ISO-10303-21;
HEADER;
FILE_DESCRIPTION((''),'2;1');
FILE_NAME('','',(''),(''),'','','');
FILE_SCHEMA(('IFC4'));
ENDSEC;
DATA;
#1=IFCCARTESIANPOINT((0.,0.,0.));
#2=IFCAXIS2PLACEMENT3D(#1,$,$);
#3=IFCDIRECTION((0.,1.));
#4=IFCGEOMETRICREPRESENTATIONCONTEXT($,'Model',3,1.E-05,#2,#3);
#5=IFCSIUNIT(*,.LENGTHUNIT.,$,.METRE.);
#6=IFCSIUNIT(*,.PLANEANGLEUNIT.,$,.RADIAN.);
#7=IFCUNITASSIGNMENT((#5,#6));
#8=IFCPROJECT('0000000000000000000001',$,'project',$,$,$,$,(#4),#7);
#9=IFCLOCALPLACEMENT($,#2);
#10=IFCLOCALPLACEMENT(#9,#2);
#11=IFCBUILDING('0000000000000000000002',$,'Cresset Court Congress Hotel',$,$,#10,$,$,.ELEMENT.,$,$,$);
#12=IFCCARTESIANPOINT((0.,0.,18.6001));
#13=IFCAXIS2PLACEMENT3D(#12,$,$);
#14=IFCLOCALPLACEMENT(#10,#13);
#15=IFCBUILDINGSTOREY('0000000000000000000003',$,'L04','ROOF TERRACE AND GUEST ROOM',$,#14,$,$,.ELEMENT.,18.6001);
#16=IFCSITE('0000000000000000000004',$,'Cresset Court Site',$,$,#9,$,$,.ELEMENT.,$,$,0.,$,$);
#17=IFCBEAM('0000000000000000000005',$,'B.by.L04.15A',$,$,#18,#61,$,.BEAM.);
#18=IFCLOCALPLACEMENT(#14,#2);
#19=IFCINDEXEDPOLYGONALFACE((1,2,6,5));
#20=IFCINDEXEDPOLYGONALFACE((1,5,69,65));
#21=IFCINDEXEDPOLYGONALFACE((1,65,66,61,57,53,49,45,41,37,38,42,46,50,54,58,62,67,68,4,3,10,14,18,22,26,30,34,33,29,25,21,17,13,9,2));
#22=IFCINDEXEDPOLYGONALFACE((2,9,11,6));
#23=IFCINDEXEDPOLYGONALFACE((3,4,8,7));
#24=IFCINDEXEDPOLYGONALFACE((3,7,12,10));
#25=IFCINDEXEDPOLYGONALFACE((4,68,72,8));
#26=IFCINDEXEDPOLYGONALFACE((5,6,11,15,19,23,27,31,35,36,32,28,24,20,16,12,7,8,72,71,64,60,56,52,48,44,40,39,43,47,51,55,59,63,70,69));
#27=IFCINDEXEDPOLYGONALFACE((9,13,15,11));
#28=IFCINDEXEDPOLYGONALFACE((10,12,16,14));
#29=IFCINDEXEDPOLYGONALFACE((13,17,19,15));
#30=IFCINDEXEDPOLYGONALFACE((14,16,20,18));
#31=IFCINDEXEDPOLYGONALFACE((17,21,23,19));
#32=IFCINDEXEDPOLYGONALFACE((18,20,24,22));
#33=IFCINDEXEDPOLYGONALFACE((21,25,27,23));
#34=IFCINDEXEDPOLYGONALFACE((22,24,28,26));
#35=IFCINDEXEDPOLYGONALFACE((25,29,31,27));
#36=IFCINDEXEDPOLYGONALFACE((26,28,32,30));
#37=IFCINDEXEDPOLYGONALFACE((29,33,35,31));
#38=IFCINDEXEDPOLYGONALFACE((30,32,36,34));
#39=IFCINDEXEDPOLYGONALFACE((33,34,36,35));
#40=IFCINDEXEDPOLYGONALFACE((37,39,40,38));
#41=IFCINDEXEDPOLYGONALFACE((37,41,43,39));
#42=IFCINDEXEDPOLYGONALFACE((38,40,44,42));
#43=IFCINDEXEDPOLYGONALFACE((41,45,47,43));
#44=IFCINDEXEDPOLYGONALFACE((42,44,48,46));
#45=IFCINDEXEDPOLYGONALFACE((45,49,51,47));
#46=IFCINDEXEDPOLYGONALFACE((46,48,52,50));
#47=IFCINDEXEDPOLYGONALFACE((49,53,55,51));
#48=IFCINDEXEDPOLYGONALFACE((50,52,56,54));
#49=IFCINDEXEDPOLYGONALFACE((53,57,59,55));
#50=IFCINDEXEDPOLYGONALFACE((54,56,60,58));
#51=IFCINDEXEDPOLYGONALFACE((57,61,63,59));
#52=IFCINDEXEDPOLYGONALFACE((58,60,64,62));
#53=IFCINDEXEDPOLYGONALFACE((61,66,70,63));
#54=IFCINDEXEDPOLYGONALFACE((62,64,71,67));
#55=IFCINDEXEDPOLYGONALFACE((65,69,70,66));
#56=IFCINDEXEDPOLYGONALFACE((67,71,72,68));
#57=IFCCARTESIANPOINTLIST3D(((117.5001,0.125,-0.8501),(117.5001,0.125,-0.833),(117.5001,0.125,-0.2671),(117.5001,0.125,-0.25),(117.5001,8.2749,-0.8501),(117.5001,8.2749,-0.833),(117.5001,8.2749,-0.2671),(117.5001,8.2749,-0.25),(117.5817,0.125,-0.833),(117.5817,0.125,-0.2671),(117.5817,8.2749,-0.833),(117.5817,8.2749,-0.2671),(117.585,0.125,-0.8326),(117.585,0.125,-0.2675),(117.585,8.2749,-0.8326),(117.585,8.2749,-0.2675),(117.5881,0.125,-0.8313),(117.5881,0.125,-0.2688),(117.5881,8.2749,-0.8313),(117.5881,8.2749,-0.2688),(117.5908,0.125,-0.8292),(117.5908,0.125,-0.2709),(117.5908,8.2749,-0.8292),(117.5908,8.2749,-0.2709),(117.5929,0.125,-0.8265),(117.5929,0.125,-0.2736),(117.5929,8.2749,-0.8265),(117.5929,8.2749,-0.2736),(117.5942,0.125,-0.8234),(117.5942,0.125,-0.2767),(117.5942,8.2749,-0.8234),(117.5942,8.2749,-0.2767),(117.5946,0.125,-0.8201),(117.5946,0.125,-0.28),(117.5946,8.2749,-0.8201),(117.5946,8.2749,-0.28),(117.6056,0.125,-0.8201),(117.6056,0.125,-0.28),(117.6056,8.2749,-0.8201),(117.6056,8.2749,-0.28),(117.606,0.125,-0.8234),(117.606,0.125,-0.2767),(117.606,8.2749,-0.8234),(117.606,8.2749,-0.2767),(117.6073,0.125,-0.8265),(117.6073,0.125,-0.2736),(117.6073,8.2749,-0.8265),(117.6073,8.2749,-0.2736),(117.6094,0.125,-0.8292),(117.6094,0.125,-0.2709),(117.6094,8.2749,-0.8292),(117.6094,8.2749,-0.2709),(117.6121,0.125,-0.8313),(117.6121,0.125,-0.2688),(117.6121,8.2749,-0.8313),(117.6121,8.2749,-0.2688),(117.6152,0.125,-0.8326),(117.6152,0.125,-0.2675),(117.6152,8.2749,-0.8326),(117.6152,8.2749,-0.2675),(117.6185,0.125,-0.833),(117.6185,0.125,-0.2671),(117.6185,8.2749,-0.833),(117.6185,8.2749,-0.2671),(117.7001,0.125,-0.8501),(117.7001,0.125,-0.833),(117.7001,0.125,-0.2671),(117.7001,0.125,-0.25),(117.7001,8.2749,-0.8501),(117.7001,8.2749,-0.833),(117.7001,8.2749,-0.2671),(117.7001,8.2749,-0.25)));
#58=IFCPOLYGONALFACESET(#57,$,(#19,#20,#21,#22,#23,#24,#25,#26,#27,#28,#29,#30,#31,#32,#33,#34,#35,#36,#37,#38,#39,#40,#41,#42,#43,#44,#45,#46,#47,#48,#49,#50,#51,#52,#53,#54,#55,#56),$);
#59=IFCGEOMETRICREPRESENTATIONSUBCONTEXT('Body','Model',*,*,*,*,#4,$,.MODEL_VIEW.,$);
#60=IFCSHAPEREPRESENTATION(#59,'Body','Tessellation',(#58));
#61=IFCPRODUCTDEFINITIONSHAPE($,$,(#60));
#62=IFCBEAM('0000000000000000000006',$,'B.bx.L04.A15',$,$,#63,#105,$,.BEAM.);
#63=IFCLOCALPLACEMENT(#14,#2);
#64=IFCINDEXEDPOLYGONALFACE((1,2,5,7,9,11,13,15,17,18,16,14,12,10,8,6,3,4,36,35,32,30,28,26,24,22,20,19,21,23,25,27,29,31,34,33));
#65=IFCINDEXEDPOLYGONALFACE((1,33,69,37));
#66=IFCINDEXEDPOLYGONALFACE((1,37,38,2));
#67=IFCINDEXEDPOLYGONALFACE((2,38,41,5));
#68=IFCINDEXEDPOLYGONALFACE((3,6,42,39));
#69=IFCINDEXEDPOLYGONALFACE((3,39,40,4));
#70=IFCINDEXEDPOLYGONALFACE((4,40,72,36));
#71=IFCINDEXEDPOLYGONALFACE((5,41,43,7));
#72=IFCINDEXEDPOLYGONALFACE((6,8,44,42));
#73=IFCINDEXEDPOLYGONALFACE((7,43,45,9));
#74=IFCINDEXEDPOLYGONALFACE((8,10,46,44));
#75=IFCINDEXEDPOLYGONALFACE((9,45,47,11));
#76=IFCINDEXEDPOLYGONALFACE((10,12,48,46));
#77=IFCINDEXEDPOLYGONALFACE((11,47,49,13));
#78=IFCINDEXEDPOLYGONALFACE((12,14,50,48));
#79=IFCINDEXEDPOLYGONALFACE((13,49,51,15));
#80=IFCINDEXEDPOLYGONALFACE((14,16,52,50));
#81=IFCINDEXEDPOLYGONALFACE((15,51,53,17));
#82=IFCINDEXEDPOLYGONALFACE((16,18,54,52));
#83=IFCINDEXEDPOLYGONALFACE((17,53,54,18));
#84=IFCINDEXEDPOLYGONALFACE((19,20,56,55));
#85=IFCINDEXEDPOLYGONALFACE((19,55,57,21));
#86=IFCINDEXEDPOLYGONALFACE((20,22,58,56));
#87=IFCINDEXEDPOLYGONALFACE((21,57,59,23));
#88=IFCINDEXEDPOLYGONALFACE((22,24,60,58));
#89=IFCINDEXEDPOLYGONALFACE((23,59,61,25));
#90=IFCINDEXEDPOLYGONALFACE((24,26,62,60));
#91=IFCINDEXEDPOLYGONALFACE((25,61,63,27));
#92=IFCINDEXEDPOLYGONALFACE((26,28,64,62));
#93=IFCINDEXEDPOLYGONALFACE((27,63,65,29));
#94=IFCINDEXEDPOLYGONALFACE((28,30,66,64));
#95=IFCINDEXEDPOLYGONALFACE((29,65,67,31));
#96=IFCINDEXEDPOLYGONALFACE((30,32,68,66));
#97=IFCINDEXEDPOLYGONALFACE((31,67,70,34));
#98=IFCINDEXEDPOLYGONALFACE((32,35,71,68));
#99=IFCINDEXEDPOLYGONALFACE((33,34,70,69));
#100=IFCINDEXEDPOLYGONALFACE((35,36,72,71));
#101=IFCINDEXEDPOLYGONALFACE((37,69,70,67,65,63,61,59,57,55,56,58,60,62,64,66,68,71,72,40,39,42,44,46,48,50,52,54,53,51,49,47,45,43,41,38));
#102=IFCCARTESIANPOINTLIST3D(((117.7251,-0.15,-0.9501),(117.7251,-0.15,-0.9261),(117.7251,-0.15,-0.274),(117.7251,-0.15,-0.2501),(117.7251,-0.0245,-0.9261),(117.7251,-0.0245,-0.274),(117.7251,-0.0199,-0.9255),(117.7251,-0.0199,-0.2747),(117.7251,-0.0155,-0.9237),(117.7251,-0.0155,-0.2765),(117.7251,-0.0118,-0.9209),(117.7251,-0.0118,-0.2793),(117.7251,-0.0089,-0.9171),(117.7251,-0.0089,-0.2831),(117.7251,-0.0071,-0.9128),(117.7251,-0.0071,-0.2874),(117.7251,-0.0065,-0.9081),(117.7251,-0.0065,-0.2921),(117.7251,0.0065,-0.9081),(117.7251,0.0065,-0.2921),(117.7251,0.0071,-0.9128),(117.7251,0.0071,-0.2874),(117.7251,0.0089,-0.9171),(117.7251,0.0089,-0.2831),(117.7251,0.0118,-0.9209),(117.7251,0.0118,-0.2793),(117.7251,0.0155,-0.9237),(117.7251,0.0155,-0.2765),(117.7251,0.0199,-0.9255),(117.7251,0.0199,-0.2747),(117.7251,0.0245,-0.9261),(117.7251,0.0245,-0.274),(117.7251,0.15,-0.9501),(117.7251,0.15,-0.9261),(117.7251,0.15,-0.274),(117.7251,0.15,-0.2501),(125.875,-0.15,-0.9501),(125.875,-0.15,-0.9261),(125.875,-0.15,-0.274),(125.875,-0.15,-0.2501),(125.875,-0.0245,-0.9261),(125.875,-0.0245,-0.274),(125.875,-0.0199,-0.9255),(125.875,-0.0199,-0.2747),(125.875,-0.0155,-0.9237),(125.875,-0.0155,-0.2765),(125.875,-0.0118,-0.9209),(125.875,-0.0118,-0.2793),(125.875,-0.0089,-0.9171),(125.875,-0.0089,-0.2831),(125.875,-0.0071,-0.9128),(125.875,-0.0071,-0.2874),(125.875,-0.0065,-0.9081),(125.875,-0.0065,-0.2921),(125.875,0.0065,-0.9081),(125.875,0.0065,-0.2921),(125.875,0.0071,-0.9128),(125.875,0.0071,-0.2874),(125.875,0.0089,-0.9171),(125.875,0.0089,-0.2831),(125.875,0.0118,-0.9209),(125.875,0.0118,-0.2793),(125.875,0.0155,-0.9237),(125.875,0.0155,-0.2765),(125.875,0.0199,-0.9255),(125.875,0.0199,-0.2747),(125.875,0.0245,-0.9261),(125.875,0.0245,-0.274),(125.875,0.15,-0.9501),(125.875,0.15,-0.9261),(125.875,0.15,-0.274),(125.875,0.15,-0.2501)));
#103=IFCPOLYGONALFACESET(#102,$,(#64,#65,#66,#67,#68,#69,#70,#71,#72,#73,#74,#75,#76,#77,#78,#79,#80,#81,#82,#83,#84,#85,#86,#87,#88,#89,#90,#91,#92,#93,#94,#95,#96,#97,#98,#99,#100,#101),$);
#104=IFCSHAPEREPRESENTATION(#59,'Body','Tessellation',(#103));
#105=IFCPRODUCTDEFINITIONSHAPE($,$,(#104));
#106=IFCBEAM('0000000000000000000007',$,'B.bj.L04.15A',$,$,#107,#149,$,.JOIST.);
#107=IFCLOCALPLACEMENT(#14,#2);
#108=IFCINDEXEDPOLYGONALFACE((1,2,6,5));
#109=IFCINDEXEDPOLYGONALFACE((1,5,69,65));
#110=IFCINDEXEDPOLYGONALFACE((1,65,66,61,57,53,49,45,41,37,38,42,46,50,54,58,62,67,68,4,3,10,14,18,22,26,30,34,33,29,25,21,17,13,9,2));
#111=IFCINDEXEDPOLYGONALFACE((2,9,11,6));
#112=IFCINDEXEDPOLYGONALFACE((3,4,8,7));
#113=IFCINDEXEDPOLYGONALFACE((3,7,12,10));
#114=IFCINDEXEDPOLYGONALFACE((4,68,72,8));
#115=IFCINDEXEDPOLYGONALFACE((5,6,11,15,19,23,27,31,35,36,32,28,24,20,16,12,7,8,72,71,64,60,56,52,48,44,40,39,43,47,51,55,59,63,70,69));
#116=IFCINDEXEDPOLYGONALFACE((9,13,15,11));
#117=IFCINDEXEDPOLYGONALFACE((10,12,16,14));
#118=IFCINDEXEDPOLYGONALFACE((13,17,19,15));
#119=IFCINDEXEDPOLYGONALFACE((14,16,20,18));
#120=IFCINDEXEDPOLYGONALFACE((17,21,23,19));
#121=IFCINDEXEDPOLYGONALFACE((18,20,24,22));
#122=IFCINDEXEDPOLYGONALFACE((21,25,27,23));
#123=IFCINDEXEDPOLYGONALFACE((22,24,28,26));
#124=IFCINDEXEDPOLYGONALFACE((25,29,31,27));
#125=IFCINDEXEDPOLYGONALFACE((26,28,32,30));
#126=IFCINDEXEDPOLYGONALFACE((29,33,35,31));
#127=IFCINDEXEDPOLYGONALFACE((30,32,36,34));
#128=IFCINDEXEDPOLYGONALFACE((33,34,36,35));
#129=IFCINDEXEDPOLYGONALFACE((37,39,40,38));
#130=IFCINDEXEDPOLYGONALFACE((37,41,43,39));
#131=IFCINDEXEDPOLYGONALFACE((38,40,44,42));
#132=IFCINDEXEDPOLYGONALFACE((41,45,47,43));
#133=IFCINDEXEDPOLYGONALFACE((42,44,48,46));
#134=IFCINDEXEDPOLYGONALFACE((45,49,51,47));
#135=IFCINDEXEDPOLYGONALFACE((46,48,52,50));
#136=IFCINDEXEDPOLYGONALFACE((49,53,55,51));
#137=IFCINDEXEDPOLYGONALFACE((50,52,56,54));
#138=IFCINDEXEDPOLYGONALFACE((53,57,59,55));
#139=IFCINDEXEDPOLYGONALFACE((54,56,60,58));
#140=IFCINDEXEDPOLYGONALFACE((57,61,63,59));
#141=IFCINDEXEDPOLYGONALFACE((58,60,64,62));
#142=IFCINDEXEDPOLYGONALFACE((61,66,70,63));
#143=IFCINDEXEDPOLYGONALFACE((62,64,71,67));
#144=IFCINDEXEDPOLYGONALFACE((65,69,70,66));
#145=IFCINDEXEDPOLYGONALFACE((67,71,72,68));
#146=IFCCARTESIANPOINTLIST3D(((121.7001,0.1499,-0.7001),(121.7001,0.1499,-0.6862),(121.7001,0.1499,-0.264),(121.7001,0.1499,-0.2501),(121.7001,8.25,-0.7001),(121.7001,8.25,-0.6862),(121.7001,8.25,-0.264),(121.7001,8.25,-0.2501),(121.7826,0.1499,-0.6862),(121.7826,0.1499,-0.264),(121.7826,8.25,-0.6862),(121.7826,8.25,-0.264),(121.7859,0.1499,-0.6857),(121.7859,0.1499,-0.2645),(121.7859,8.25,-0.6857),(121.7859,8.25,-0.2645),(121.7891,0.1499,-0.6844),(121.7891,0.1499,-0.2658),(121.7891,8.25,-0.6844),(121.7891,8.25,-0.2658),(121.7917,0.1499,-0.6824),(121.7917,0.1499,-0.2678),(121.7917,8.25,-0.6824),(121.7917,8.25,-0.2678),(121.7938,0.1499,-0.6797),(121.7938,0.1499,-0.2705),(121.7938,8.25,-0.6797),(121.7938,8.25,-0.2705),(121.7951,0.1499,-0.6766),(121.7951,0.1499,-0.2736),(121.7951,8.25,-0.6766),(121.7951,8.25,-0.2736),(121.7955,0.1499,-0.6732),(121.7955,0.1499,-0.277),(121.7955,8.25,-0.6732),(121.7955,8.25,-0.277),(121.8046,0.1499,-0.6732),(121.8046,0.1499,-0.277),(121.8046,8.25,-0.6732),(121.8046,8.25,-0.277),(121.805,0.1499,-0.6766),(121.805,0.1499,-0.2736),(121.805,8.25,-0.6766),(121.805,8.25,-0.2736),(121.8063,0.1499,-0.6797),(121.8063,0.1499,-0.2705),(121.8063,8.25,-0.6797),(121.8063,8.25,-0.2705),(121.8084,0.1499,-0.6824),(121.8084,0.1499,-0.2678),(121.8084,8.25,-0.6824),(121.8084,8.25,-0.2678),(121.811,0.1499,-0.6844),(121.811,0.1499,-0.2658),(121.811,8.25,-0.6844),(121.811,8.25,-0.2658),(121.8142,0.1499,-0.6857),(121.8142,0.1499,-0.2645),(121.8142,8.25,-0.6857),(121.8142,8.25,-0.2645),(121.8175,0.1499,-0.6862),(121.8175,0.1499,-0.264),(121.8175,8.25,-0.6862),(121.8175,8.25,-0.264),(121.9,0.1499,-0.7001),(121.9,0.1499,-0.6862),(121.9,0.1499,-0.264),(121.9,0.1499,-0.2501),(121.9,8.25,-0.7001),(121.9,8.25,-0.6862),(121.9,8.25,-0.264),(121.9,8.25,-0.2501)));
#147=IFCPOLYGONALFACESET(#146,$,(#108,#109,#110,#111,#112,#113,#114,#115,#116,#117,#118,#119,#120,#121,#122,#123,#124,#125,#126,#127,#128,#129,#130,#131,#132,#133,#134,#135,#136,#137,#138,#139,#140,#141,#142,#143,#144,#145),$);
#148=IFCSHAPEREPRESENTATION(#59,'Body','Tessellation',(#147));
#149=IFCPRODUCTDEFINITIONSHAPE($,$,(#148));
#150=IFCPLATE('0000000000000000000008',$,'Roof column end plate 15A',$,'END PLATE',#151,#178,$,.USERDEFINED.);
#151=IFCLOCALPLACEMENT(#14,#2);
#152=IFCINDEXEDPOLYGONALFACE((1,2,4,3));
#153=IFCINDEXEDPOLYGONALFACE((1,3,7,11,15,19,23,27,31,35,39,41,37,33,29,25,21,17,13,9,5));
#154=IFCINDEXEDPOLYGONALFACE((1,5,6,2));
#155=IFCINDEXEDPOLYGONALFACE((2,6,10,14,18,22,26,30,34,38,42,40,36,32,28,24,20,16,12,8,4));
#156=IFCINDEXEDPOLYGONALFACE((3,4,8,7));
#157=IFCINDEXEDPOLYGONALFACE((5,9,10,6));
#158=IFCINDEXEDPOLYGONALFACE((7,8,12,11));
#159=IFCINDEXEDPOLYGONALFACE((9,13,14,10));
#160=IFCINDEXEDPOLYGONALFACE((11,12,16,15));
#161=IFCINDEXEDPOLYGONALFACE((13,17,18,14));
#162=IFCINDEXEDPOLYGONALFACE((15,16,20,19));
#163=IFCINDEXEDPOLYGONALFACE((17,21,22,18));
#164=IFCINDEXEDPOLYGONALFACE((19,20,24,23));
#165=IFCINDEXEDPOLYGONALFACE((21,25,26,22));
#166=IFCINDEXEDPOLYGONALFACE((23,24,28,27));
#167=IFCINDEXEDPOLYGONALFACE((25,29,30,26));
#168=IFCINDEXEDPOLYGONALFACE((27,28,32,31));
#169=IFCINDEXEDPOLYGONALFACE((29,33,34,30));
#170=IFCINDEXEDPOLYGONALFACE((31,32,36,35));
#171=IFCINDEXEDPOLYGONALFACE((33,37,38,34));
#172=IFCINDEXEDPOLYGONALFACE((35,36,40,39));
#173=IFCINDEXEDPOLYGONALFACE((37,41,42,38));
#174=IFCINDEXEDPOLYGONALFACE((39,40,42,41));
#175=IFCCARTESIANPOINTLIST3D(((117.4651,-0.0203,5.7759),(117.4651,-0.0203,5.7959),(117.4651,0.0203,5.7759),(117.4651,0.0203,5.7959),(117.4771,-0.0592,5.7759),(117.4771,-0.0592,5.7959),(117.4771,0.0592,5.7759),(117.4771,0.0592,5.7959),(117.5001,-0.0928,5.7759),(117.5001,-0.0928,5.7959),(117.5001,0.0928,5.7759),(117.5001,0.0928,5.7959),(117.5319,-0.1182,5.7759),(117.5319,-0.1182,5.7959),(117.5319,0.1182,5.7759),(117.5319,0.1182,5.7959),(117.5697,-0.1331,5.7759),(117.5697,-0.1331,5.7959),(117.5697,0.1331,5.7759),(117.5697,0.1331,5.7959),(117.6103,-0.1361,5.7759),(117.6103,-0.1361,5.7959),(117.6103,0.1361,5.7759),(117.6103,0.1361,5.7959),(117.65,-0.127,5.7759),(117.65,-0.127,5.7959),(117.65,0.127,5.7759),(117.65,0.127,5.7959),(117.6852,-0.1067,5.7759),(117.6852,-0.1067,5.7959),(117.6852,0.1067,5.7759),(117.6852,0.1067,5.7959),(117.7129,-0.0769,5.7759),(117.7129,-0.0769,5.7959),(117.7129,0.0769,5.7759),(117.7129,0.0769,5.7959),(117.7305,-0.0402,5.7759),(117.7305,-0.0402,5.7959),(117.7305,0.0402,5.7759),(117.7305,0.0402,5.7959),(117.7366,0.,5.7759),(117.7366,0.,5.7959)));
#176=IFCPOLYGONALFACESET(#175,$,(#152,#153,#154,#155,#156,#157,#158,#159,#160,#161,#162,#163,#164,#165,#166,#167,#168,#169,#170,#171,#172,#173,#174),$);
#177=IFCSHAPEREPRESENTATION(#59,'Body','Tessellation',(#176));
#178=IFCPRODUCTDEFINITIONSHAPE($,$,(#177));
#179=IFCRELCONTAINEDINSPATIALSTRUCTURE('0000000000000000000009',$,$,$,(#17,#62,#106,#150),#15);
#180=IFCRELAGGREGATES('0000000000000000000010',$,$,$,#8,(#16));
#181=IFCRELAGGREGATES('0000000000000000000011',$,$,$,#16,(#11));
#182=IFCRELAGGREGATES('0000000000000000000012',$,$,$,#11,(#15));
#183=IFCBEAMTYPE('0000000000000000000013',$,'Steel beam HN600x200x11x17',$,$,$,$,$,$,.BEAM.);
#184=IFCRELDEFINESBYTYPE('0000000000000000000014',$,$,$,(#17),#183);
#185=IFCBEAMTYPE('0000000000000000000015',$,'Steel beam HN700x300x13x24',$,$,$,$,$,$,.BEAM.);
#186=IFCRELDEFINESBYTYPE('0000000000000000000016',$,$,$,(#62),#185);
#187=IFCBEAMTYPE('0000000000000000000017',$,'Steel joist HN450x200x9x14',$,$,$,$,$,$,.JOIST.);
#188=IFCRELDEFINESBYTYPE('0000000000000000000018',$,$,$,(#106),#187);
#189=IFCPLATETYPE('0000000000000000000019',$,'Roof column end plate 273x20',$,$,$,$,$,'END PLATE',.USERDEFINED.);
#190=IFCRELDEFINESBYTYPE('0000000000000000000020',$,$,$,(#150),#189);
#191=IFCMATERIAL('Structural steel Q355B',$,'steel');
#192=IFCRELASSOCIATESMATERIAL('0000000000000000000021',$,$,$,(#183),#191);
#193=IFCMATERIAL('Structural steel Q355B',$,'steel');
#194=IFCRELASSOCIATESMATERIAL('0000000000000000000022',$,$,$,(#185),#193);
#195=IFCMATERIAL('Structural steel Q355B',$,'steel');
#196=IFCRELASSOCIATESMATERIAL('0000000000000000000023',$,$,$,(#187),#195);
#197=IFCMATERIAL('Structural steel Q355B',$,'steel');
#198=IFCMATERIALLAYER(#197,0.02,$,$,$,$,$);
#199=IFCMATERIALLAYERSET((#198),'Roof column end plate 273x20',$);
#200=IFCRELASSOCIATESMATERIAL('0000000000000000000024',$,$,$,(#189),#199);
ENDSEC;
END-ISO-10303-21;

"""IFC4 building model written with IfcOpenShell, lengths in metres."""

from ifc_helpers import new_model, si_unit, direction, frame, origin, origin_2d, place, context, subcontext, project, spatial, circle, i_section, extrude, material, layer, layer_set, material_profile, profile_set, type_object, element, save


model = new_model("IFC4")

# Units and contexts
model_context = context("Model", 3, precision=1e-05, world=origin(), true_north=direction((0.0, 1.0)))
body_context = subcontext(model_context, "Body", "Model", "MODEL_VIEW")
ifc_project = project(units=[si_unit("LENGTHUNIT", "METRE"), si_unit("PLANEANGLEUNIT", "RADIAN")], contexts=[model_context])

# Site, building, storey
site_placement = place(None, origin())
site = spatial("IfcSite", under=ifc_project, at=site_placement, Name="Cresset Court Site", CompositionType="ELEMENT", RefElevation=0.0)
building_placement = place(site_placement, origin())
building = spatial("IfcBuilding", under=site, at=building_placement, Name="Cresset Court Congress Hotel", CompositionType="ELEMENT")
storey_placement = place(building_placement, frame((0.0, 0.0, 18.6001)))
storey = spatial("IfcBuildingStorey", under=building, at=storey_placement, Name="L04", Description="ROOF TERRACE AND GUEST ROOM", CompositionType="ELEMENT", Elevation=18.6001)

# Beams
ifc_material_1 = material(Name="Structural steel Q355B", Category="steel")
ifc_material_profile_1 = material_profile(ifc_material_1, i_section(OverallWidth=0.2, OverallDepth=0.6001, WebThickness=0.011, FlangeThickness=0.0171, FilletRadius=0.0129, at=origin_2d()), Name="HN600x200x11x17")
ifc_profile_set_1 = profile_set([ifc_material_profile_1], Name="Structural steel Q355B")
beam_type_1 = type_object("IfcBeamType", Name="Steel beam HN600x200x11x17", PredefinedType="BEAM", material=ifc_profile_set_1)
beam_1_placement = place(storey_placement, frame((117.6001, 0.125, -0.55), z_axis=(0.0, 1.0, 0.0), x_axis=(-1.0, 0.0, 0.0)))
element("IfcBeam", 1, at=beam_1_placement, inside=storey, type_object=beam_type_1, Name="B.by.L04.15A", PredefinedType="BEAM", context=body_context, shape_type="SweptSolid", body=[
    extrude(i_section(OverallWidth=0.2, OverallDepth=0.6001, WebThickness=0.011, FlangeThickness=0.0171, FilletRadius=0.0129, at=origin_2d()), origin(), (0.0, 0.0, 1.0), 8.1499),
])
ifc_material_2 = material(Name="Structural steel Q355B", Category="steel")
ifc_material_profile_2 = material_profile(ifc_material_2, i_section(OverallWidth=0.3, OverallDepth=0.7, WebThickness=0.0129, FlangeThickness=0.0239, FilletRadius=0.0181, at=origin_2d()), Name="HN700x300x13x24")
ifc_profile_set_2 = profile_set([ifc_material_profile_2], Name="Structural steel Q355B")
beam_type_2 = type_object("IfcBeamType", Name="Steel beam HN700x300x13x24", PredefinedType="BEAM", material=ifc_profile_set_2)
beam_2_placement = place(storey_placement, frame((117.7251, 0.0, -0.6001), z_axis=(1.0, 0.0, 0.0), x_axis=(0.0, 1.0, 0.0)))
element("IfcBeam", 2, at=beam_2_placement, inside=storey, type_object=beam_type_2, Name="B.bx.L04.A15", PredefinedType="BEAM", context=body_context, shape_type="SweptSolid", body=[
    extrude(i_section(OverallWidth=0.3, OverallDepth=0.7, WebThickness=0.0129, FlangeThickness=0.0239, FilletRadius=0.0181, at=origin_2d()), origin(), (0.0, 0.0, 1.0), 8.1499),
])
ifc_material_3 = material(Name="Structural steel Q355B", Category="steel")
ifc_material_profile_3 = material_profile(ifc_material_3, i_section(OverallWidth=0.2, OverallDepth=0.45, WebThickness=0.009, FlangeThickness=0.0139, FilletRadius=0.0129, at=origin_2d()), Name="HN450x200x9x14")
ifc_profile_set_3 = profile_set([ifc_material_profile_3], Name="Structural steel Q355B")
beam_type_3 = type_object("IfcBeamType", Name="Steel joist HN450x200x9x14", PredefinedType="JOIST", material=ifc_profile_set_3)
beam_3_placement = place(storey_placement, frame((121.8, 0.1499, -0.4751), z_axis=(0.0, 1.0, 0.0), x_axis=(-1.0, 0.0, 0.0)))
element("IfcBeam", 3, at=beam_3_placement, inside=storey, type_object=beam_type_3, Name="B.bj.L04.15A", PredefinedType="JOIST", context=body_context, shape_type="SweptSolid", body=[
    extrude(i_section(OverallWidth=0.2, OverallDepth=0.45, WebThickness=0.009, FlangeThickness=0.0139, FilletRadius=0.0129, at=origin_2d()), origin(), (0.0, 0.0, 1.0), 8.1001),
])

# Plate
ifc_material_4 = material(Name="Structural steel Q355B", Category="steel")
ifc_layer_1 = layer(ifc_material_4, 0.02)
ifc_layer_set_1 = layer_set([ifc_layer_1], Name="Roof column end plate 273x20")
plate_type = type_object("IfcPlateType", Name="Roof column end plate 273x20", ElementType="END PLATE", PredefinedType="USERDEFINED", material=ifc_layer_set_1)
plate_placement = place(storey_placement, frame((117.6001, 0.0, 5.7759), z_axis=(0.0, 0.0, 1.0), x_axis=(1.0, 0.0, 0.0)))
element("IfcPlate", 4, at=plate_placement, inside=storey, type_object=plate_type, Name="Roof column end plate 15A", ObjectType="END PLATE", PredefinedType="USERDEFINED", context=body_context, shape_type="SweptSolid", body=[
    extrude(circle(Radius=0.1365, at=origin_2d()), origin(), (0.0, 0.0, 1.0), 0.02),
])

save(model, "model.ifc")
